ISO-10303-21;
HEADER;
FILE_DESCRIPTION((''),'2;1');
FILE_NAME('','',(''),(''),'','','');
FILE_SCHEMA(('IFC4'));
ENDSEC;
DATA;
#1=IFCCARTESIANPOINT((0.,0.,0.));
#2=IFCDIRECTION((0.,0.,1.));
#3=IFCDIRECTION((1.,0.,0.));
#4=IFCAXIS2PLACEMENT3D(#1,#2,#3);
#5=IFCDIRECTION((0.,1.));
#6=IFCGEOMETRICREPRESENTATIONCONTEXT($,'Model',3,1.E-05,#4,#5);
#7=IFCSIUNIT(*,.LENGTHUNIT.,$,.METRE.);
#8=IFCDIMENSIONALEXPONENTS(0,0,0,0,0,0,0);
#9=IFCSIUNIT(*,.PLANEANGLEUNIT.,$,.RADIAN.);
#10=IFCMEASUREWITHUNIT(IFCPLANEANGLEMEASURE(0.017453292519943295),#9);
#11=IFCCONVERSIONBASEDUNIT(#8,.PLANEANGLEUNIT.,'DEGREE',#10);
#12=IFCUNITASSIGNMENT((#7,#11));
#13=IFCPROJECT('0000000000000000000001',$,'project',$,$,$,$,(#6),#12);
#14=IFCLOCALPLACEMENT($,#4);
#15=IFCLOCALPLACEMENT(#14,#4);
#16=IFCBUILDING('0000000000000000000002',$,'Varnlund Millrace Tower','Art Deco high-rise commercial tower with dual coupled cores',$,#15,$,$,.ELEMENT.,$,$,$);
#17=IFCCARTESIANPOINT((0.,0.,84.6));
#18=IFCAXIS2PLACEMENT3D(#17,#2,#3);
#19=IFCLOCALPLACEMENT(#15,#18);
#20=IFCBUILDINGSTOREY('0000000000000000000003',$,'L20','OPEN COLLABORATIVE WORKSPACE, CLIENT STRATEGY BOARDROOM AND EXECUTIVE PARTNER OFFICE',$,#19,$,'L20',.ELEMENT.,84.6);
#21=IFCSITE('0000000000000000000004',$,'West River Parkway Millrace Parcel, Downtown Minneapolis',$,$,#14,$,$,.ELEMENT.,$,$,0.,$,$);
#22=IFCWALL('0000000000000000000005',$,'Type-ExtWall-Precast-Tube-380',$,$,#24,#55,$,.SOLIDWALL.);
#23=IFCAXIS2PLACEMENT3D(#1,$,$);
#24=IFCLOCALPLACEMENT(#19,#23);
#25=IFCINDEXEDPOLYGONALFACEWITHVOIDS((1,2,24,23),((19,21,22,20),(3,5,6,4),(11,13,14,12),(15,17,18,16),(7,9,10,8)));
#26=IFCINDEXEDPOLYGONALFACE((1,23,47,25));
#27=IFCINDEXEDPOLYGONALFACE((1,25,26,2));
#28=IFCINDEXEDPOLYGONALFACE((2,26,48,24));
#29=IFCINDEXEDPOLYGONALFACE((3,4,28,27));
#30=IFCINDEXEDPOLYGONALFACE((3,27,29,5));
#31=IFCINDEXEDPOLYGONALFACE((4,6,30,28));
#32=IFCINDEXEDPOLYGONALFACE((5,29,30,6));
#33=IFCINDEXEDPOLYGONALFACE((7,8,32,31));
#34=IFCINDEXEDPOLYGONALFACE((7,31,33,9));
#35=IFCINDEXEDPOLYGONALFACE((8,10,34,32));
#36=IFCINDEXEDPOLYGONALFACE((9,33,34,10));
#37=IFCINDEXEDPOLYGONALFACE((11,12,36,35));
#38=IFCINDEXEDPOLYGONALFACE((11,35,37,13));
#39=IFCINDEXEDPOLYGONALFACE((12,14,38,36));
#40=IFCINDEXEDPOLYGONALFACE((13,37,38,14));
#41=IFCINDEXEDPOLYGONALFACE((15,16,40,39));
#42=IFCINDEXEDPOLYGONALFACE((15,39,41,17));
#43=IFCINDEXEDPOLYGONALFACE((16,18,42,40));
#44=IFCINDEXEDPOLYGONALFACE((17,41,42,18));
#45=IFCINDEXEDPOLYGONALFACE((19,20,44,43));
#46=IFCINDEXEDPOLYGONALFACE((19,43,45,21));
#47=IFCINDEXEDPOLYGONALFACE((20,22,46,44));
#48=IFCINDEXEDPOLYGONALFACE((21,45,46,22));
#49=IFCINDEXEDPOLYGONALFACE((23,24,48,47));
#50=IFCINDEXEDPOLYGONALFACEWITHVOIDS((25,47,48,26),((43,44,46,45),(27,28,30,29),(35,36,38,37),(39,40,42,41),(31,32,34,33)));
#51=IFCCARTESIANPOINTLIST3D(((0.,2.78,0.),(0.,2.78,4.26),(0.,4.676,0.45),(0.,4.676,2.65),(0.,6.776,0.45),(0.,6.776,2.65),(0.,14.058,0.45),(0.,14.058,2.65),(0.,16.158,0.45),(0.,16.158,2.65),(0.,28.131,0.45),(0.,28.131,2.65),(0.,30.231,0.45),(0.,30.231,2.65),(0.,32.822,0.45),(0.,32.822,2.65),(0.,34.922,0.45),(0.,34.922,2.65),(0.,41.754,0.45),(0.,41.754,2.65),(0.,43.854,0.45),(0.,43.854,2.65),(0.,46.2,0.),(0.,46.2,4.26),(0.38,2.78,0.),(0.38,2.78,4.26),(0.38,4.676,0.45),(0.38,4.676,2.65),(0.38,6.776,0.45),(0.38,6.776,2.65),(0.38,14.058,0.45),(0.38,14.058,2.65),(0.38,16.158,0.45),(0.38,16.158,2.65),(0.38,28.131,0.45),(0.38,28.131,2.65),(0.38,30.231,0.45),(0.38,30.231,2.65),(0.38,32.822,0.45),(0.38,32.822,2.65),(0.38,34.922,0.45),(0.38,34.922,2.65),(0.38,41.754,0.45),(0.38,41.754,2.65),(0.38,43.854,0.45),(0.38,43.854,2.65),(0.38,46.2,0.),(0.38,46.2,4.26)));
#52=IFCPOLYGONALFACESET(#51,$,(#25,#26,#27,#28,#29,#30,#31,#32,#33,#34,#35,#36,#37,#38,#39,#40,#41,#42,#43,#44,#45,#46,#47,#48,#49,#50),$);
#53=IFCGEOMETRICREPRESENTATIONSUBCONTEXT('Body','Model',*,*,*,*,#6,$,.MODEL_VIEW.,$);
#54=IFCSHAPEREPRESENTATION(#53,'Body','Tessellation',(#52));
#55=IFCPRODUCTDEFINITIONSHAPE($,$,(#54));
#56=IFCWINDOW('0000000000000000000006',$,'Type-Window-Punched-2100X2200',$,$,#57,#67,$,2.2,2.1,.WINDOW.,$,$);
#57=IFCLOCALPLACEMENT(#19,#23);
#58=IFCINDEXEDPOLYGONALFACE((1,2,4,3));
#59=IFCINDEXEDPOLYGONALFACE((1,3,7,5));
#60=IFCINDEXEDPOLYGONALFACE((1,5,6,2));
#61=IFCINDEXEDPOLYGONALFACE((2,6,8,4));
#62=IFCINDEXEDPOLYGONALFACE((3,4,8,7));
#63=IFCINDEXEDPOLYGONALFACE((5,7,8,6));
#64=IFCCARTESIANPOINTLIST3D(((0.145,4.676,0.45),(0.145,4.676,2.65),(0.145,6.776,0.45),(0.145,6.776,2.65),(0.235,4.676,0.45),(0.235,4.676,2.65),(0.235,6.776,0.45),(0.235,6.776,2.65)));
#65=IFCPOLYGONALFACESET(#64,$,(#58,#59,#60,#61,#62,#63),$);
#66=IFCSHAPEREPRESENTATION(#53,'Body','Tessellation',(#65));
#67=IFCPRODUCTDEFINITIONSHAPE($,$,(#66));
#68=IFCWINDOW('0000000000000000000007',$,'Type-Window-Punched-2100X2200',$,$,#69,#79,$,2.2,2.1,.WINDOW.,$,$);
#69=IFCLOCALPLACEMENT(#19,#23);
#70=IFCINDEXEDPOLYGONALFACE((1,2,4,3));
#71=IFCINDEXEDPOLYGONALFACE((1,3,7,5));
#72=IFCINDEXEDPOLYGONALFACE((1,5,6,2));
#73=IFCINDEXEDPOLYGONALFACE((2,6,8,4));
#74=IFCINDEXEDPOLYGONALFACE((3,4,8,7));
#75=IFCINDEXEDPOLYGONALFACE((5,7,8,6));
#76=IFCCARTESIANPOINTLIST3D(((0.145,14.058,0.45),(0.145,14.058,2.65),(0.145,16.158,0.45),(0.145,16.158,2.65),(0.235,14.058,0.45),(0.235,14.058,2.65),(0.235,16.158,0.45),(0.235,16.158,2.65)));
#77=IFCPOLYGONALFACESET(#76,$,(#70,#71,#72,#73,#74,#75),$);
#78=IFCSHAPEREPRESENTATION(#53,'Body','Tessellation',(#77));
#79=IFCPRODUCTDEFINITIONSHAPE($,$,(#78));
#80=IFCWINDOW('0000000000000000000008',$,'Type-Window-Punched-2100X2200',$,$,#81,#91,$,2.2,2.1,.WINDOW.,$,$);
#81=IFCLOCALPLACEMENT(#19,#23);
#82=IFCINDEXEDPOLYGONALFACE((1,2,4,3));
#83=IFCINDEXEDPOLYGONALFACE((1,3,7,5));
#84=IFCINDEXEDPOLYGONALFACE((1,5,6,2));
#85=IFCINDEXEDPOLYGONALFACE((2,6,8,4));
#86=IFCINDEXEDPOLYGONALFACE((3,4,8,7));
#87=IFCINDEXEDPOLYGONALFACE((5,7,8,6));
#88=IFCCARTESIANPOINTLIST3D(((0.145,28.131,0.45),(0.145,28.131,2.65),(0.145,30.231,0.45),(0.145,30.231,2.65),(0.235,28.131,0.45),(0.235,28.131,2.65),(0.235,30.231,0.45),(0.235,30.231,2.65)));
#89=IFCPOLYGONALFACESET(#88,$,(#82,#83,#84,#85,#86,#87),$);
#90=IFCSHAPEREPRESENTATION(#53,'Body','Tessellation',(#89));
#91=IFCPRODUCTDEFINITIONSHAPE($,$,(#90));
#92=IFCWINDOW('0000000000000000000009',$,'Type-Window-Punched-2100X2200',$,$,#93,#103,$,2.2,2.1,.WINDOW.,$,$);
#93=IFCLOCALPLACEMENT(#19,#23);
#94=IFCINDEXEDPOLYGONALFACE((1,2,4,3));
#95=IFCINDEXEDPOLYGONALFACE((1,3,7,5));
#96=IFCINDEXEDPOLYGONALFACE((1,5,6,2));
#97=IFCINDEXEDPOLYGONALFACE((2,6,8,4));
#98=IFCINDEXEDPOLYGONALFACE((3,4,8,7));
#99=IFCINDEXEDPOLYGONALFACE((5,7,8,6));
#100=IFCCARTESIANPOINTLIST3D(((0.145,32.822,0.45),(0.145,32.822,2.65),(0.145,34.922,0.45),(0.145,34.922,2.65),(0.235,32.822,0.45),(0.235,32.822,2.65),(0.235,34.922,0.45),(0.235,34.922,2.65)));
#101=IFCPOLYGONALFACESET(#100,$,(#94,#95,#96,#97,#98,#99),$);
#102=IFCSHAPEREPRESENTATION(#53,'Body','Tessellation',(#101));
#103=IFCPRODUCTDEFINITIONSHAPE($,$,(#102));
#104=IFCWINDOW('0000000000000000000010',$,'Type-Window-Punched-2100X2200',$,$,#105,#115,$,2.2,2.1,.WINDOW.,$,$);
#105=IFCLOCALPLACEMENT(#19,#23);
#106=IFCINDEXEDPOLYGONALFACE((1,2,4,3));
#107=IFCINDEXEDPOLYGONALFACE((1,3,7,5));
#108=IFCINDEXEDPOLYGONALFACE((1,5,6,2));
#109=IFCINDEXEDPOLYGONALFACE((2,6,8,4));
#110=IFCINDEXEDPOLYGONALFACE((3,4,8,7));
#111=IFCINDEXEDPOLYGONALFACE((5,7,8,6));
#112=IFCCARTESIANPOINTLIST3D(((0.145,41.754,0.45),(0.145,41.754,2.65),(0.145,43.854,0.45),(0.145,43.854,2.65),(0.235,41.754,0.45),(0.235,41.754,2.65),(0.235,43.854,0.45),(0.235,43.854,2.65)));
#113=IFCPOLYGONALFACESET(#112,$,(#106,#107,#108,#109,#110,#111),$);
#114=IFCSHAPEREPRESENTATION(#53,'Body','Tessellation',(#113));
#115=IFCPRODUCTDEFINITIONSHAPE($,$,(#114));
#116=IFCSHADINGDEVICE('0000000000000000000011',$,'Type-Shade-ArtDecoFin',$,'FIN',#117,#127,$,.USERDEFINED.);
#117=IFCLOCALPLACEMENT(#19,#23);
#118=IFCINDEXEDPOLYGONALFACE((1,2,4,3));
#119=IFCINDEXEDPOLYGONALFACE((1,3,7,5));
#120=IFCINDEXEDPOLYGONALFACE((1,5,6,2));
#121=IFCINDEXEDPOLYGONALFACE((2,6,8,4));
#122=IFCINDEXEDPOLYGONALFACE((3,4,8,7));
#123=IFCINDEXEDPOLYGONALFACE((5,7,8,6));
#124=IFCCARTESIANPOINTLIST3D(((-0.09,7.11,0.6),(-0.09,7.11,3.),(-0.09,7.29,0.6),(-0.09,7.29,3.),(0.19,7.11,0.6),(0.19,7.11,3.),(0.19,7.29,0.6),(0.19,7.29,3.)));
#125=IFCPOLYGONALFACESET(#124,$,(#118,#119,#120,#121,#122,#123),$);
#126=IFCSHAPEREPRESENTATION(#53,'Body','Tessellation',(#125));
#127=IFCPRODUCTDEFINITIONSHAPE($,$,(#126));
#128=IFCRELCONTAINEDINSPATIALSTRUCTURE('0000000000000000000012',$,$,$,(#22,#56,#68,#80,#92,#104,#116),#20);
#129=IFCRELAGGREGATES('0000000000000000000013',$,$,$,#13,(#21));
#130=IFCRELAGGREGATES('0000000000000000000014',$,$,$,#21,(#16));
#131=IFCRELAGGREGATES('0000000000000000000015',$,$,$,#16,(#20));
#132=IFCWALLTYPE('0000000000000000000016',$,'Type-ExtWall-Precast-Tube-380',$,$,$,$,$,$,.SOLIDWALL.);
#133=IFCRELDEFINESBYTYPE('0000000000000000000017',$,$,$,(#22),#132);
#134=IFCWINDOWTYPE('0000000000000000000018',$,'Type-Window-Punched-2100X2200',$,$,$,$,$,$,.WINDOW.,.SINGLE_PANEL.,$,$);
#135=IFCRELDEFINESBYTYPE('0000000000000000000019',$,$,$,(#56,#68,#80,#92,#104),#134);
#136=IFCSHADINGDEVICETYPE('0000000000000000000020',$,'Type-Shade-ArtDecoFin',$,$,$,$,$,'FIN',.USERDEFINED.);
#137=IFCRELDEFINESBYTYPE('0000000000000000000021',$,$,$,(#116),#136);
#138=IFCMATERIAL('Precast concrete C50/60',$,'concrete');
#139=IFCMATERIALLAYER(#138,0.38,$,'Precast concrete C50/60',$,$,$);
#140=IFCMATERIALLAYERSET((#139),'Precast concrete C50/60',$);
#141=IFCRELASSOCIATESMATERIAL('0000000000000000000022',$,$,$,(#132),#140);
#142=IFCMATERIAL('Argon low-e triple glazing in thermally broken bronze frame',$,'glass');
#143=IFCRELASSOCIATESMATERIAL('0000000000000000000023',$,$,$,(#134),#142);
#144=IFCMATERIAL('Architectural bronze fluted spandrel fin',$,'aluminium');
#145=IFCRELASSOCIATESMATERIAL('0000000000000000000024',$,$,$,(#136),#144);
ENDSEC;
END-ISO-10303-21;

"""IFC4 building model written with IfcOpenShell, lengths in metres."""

from ifc_helpers import new_model, entity, si_unit, converted_unit, direction, frame, origin_with_axes, origin_2d_with_axis, place, context, subcontext, project, spatial, polyline, rectangle, outline, extrude, material, layer, layer_set, type_object, element, fill, save


model = new_model("IFC4")

# Units and contexts
model_context = context("Model", 3, precision=1e-05, world=origin_with_axes(), true_north=direction((0.0, 1.0)))
body_context = subcontext(model_context, "Body", "Model", "MODEL_VIEW")
ifc_project = project(units=[si_unit("LENGTHUNIT", "METRE"), converted_unit("PLANEANGLEUNIT", "DEGREE", entity("IfcPlaneAngleMeasure", 0.017453292519943295), si_unit("PLANEANGLEUNIT", "RADIAN"), dimensions=[0, 0, 0, 0, 0, 0, 0])], contexts=[model_context])

# Site, building, storey
site_placement = place(None, origin_with_axes())
site = spatial("IfcSite", under=ifc_project, at=site_placement, Name="West River Parkway Millrace Parcel, Downtown Minneapolis", CompositionType="ELEMENT", RefElevation=0.0)
building_placement = place(site_placement, origin_with_axes())
building = spatial("IfcBuilding", under=site, at=building_placement, Name="Varnlund Millrace Tower", Description="Art Deco high-rise commercial tower with dual coupled cores", CompositionType="ELEMENT")
storey_placement = place(building_placement, frame((0.0, 0.0, 84.6), z_axis=(0.0, 0.0, 1.0), x_axis=(1.0, 0.0, 0.0)))
storey = spatial("IfcBuildingStorey", under=building, at=storey_placement, Name="L20", Description="OPEN COLLABORATIVE WORKSPACE, CLIENT STRATEGY BOARDROOM AND EXECUTIVE PARTNER OFFICE", LongName="L20", CompositionType="ELEMENT", Elevation=84.6)

# Shared definitions
ifc_material_1 = material(Name="Precast concrete C50/60", Category="concrete")
ifc_layer_1 = layer(ifc_material_1, 0.38, Name="Precast concrete C50/60")
ifc_layer_set_1 = layer_set([ifc_layer_1], Name="Precast concrete C50/60")
wall_type = type_object("IfcWallType", Name="Type-ExtWall-Precast-Tube-380", PredefinedType="SOLIDWALL", material=ifc_layer_set_1)

# Wall, openings, windows
wall_1_placement = place(storey_placement, frame((0.19, 2.78, 0.0), z_axis=(0.0, 0.0, 1.0), x_axis=(0.0, 1.0, 0.0)))
wall_1 = element("IfcWall", 1, at=wall_1_placement, inside=storey, type_object=wall_type, Name="Type-ExtWall-Precast-Tube-380", PredefinedType="SOLIDWALL", context=body_context, shape_type="SweptSolid", body=[
    extrude(outline(polyline([(0.0, -0.19), (43.42, -0.19), (43.42, 0.19), (0.0, 0.19), (0.0, -0.19)])), origin_with_axes(), (0.0, 0.0, 1.0), 4.26),
])
opening_1_placement = place(wall_1_placement, frame((2.946, 0.0, 0.45), z_axis=(0.0, 0.0, 1.0), x_axis=(1.0, 0.0, 0.0)))
opening_1 = element("IfcOpeningElement", 2, at=opening_1_placement, cuts=wall_1, PredefinedType="OPENING", context=body_context, shape_type="SweptSolid", body=[
    extrude(rectangle(XDim=2.1, YDim=0.4, at=origin_2d_with_axis()), origin_with_axes(), (0.0, 0.0, 1.0), 2.2),
])
opening_2_placement = place(wall_1_placement, frame((12.328, 0.0, 0.45), z_axis=(0.0, 0.0, 1.0), x_axis=(1.0, 0.0, 0.0)))
opening_2 = element("IfcOpeningElement", 3, at=opening_2_placement, cuts=wall_1, PredefinedType="OPENING", context=body_context, shape_type="SweptSolid", body=[
    extrude(rectangle(XDim=2.1, YDim=0.4, at=origin_2d_with_axis()), origin_with_axes(), (0.0, 0.0, 1.0), 2.2),
])
opening_3_placement = place(wall_1_placement, frame((26.401, 0.0, 0.45), z_axis=(0.0, 0.0, 1.0), x_axis=(1.0, 0.0, 0.0)))
opening_3 = element("IfcOpeningElement", 4, at=opening_3_placement, cuts=wall_1, PredefinedType="OPENING", context=body_context, shape_type="SweptSolid", body=[
    extrude(rectangle(XDim=2.1, YDim=0.4, at=origin_2d_with_axis()), origin_with_axes(), (0.0, 0.0, 1.0), 2.2),
])
opening_4_placement = place(wall_1_placement, frame((31.092, 0.0, 0.45), z_axis=(0.0, 0.0, 1.0), x_axis=(1.0, 0.0, 0.0)))
opening_4 = element("IfcOpeningElement", 5, at=opening_4_placement, cuts=wall_1, PredefinedType="OPENING", context=body_context, shape_type="SweptSolid", body=[
    extrude(rectangle(XDim=2.1, YDim=0.4, at=origin_2d_with_axis()), origin_with_axes(), (0.0, 0.0, 1.0), 2.2),
])
opening_5_placement = place(wall_1_placement, frame((40.024, 0.0, 0.45), z_axis=(0.0, 0.0, 1.0), x_axis=(1.0, 0.0, 0.0)))
opening_5 = element("IfcOpeningElement", 6, at=opening_5_placement, cuts=wall_1, PredefinedType="OPENING", context=body_context, shape_type="SweptSolid", body=[
    extrude(rectangle(XDim=2.1, YDim=0.4, at=origin_2d_with_axis()), origin_with_axes(), (0.0, 0.0, 1.0), 2.2),
])
ifc_material_2 = material(Name="Argon low-e triple glazing in thermally broken bronze frame", Category="glass")
window_type = type_object("IfcWindowType", Name="Type-Window-Punched-2100X2200", PartitioningType="SINGLE_PANEL", PredefinedType="WINDOW", material=ifc_material_2)
window_1_placement = place(wall_1_placement, frame((2.946, 0.0, 0.45), z_axis=(0.0, 0.0, 1.0), x_axis=(1.0, 0.0, 0.0)))
window_1 = element("IfcWindow", 7, at=window_1_placement, inside=storey, type_object=window_type, Name="Type-Window-Punched-2100X2200", OverallHeight=2.2, OverallWidth=2.1, PredefinedType="WINDOW", context=body_context, shape_type="SweptSolid", body=[
    extrude(rectangle(XDim=2.1, YDim=0.09, at=origin_2d_with_axis()), origin_with_axes(), (0.0, 0.0, 1.0), 2.2),
])
fill(opening_1, window_1)
window_2_placement = place(wall_1_placement, frame((12.328, 0.0, 0.45), z_axis=(0.0, 0.0, 1.0), x_axis=(1.0, 0.0, 0.0)))
window_2 = element("IfcWindow", 8, at=window_2_placement, inside=storey, type_object=window_type, Name="Type-Window-Punched-2100X2200", OverallHeight=2.2, OverallWidth=2.1, PredefinedType="WINDOW", context=body_context, shape_type="SweptSolid", body=[
    extrude(rectangle(XDim=2.1, YDim=0.09, at=origin_2d_with_axis()), origin_with_axes(), (0.0, 0.0, 1.0), 2.2),
])
fill(opening_2, window_2)
window_3_placement = place(wall_1_placement, frame((26.401, 0.0, 0.45), z_axis=(0.0, 0.0, 1.0), x_axis=(1.0, 0.0, 0.0)))
window_3 = element("IfcWindow", 9, at=window_3_placement, inside=storey, type_object=window_type, Name="Type-Window-Punched-2100X2200", OverallHeight=2.2, OverallWidth=2.1, PredefinedType="WINDOW", context=body_context, shape_type="SweptSolid", body=[
    extrude(rectangle(XDim=2.1, YDim=0.09, at=origin_2d_with_axis()), origin_with_axes(), (0.0, 0.0, 1.0), 2.2),
])
fill(opening_3, window_3)
window_4_placement = place(wall_1_placement, frame((31.092, 0.0, 0.45), z_axis=(0.0, 0.0, 1.0), x_axis=(1.0, 0.0, 0.0)))
window_4 = element("IfcWindow", 10, at=window_4_placement, inside=storey, type_object=window_type, Name="Type-Window-Punched-2100X2200", OverallHeight=2.2, OverallWidth=2.1, PredefinedType="WINDOW", context=body_context, shape_type="SweptSolid", body=[
    extrude(rectangle(XDim=2.1, YDim=0.09, at=origin_2d_with_axis()), origin_with_axes(), (0.0, 0.0, 1.0), 2.2),
])
fill(opening_4, window_4)
window_5_placement = place(wall_1_placement, frame((40.024, 0.0, 0.45), z_axis=(0.0, 0.0, 1.0), x_axis=(1.0, 0.0, 0.0)))
window_5 = element("IfcWindow", 11, at=window_5_placement, inside=storey, type_object=window_type, Name="Type-Window-Punched-2100X2200", OverallHeight=2.2, OverallWidth=2.1, PredefinedType="WINDOW", context=body_context, shape_type="SweptSolid", body=[
    extrude(rectangle(XDim=2.1, YDim=0.09, at=origin_2d_with_axis()), origin_with_axes(), (0.0, 0.0, 1.0), 2.2),
])
fill(opening_5, window_5)

# Shading device
ifc_material_3 = material(Name="Architectural bronze fluted spandrel fin", Category="aluminium")
shading_device_type = type_object("IfcShadingDeviceType", Name="Type-Shade-ArtDecoFin", ElementType="FIN", PredefinedType="USERDEFINED", material=ifc_material_3)
shading_device_placement = place(storey_placement, frame((0.05, 7.2, 0.6), z_axis=(0.0, 0.0, 1.0), x_axis=(1.0, 0.0, 0.0)))
element("IfcShadingDevice", 12, at=shading_device_placement, inside=storey, type_object=shading_device_type, Name="Type-Shade-ArtDecoFin", ObjectType="FIN", PredefinedType="USERDEFINED", context=body_context, shape_type="SweptSolid", body=[
    extrude(rectangle(XDim=0.28, YDim=0.18, at=origin_2d_with_axis()), origin_with_axes(), (0.0, 0.0, 1.0), 2.4),
])

save(model, "model.ifc")
